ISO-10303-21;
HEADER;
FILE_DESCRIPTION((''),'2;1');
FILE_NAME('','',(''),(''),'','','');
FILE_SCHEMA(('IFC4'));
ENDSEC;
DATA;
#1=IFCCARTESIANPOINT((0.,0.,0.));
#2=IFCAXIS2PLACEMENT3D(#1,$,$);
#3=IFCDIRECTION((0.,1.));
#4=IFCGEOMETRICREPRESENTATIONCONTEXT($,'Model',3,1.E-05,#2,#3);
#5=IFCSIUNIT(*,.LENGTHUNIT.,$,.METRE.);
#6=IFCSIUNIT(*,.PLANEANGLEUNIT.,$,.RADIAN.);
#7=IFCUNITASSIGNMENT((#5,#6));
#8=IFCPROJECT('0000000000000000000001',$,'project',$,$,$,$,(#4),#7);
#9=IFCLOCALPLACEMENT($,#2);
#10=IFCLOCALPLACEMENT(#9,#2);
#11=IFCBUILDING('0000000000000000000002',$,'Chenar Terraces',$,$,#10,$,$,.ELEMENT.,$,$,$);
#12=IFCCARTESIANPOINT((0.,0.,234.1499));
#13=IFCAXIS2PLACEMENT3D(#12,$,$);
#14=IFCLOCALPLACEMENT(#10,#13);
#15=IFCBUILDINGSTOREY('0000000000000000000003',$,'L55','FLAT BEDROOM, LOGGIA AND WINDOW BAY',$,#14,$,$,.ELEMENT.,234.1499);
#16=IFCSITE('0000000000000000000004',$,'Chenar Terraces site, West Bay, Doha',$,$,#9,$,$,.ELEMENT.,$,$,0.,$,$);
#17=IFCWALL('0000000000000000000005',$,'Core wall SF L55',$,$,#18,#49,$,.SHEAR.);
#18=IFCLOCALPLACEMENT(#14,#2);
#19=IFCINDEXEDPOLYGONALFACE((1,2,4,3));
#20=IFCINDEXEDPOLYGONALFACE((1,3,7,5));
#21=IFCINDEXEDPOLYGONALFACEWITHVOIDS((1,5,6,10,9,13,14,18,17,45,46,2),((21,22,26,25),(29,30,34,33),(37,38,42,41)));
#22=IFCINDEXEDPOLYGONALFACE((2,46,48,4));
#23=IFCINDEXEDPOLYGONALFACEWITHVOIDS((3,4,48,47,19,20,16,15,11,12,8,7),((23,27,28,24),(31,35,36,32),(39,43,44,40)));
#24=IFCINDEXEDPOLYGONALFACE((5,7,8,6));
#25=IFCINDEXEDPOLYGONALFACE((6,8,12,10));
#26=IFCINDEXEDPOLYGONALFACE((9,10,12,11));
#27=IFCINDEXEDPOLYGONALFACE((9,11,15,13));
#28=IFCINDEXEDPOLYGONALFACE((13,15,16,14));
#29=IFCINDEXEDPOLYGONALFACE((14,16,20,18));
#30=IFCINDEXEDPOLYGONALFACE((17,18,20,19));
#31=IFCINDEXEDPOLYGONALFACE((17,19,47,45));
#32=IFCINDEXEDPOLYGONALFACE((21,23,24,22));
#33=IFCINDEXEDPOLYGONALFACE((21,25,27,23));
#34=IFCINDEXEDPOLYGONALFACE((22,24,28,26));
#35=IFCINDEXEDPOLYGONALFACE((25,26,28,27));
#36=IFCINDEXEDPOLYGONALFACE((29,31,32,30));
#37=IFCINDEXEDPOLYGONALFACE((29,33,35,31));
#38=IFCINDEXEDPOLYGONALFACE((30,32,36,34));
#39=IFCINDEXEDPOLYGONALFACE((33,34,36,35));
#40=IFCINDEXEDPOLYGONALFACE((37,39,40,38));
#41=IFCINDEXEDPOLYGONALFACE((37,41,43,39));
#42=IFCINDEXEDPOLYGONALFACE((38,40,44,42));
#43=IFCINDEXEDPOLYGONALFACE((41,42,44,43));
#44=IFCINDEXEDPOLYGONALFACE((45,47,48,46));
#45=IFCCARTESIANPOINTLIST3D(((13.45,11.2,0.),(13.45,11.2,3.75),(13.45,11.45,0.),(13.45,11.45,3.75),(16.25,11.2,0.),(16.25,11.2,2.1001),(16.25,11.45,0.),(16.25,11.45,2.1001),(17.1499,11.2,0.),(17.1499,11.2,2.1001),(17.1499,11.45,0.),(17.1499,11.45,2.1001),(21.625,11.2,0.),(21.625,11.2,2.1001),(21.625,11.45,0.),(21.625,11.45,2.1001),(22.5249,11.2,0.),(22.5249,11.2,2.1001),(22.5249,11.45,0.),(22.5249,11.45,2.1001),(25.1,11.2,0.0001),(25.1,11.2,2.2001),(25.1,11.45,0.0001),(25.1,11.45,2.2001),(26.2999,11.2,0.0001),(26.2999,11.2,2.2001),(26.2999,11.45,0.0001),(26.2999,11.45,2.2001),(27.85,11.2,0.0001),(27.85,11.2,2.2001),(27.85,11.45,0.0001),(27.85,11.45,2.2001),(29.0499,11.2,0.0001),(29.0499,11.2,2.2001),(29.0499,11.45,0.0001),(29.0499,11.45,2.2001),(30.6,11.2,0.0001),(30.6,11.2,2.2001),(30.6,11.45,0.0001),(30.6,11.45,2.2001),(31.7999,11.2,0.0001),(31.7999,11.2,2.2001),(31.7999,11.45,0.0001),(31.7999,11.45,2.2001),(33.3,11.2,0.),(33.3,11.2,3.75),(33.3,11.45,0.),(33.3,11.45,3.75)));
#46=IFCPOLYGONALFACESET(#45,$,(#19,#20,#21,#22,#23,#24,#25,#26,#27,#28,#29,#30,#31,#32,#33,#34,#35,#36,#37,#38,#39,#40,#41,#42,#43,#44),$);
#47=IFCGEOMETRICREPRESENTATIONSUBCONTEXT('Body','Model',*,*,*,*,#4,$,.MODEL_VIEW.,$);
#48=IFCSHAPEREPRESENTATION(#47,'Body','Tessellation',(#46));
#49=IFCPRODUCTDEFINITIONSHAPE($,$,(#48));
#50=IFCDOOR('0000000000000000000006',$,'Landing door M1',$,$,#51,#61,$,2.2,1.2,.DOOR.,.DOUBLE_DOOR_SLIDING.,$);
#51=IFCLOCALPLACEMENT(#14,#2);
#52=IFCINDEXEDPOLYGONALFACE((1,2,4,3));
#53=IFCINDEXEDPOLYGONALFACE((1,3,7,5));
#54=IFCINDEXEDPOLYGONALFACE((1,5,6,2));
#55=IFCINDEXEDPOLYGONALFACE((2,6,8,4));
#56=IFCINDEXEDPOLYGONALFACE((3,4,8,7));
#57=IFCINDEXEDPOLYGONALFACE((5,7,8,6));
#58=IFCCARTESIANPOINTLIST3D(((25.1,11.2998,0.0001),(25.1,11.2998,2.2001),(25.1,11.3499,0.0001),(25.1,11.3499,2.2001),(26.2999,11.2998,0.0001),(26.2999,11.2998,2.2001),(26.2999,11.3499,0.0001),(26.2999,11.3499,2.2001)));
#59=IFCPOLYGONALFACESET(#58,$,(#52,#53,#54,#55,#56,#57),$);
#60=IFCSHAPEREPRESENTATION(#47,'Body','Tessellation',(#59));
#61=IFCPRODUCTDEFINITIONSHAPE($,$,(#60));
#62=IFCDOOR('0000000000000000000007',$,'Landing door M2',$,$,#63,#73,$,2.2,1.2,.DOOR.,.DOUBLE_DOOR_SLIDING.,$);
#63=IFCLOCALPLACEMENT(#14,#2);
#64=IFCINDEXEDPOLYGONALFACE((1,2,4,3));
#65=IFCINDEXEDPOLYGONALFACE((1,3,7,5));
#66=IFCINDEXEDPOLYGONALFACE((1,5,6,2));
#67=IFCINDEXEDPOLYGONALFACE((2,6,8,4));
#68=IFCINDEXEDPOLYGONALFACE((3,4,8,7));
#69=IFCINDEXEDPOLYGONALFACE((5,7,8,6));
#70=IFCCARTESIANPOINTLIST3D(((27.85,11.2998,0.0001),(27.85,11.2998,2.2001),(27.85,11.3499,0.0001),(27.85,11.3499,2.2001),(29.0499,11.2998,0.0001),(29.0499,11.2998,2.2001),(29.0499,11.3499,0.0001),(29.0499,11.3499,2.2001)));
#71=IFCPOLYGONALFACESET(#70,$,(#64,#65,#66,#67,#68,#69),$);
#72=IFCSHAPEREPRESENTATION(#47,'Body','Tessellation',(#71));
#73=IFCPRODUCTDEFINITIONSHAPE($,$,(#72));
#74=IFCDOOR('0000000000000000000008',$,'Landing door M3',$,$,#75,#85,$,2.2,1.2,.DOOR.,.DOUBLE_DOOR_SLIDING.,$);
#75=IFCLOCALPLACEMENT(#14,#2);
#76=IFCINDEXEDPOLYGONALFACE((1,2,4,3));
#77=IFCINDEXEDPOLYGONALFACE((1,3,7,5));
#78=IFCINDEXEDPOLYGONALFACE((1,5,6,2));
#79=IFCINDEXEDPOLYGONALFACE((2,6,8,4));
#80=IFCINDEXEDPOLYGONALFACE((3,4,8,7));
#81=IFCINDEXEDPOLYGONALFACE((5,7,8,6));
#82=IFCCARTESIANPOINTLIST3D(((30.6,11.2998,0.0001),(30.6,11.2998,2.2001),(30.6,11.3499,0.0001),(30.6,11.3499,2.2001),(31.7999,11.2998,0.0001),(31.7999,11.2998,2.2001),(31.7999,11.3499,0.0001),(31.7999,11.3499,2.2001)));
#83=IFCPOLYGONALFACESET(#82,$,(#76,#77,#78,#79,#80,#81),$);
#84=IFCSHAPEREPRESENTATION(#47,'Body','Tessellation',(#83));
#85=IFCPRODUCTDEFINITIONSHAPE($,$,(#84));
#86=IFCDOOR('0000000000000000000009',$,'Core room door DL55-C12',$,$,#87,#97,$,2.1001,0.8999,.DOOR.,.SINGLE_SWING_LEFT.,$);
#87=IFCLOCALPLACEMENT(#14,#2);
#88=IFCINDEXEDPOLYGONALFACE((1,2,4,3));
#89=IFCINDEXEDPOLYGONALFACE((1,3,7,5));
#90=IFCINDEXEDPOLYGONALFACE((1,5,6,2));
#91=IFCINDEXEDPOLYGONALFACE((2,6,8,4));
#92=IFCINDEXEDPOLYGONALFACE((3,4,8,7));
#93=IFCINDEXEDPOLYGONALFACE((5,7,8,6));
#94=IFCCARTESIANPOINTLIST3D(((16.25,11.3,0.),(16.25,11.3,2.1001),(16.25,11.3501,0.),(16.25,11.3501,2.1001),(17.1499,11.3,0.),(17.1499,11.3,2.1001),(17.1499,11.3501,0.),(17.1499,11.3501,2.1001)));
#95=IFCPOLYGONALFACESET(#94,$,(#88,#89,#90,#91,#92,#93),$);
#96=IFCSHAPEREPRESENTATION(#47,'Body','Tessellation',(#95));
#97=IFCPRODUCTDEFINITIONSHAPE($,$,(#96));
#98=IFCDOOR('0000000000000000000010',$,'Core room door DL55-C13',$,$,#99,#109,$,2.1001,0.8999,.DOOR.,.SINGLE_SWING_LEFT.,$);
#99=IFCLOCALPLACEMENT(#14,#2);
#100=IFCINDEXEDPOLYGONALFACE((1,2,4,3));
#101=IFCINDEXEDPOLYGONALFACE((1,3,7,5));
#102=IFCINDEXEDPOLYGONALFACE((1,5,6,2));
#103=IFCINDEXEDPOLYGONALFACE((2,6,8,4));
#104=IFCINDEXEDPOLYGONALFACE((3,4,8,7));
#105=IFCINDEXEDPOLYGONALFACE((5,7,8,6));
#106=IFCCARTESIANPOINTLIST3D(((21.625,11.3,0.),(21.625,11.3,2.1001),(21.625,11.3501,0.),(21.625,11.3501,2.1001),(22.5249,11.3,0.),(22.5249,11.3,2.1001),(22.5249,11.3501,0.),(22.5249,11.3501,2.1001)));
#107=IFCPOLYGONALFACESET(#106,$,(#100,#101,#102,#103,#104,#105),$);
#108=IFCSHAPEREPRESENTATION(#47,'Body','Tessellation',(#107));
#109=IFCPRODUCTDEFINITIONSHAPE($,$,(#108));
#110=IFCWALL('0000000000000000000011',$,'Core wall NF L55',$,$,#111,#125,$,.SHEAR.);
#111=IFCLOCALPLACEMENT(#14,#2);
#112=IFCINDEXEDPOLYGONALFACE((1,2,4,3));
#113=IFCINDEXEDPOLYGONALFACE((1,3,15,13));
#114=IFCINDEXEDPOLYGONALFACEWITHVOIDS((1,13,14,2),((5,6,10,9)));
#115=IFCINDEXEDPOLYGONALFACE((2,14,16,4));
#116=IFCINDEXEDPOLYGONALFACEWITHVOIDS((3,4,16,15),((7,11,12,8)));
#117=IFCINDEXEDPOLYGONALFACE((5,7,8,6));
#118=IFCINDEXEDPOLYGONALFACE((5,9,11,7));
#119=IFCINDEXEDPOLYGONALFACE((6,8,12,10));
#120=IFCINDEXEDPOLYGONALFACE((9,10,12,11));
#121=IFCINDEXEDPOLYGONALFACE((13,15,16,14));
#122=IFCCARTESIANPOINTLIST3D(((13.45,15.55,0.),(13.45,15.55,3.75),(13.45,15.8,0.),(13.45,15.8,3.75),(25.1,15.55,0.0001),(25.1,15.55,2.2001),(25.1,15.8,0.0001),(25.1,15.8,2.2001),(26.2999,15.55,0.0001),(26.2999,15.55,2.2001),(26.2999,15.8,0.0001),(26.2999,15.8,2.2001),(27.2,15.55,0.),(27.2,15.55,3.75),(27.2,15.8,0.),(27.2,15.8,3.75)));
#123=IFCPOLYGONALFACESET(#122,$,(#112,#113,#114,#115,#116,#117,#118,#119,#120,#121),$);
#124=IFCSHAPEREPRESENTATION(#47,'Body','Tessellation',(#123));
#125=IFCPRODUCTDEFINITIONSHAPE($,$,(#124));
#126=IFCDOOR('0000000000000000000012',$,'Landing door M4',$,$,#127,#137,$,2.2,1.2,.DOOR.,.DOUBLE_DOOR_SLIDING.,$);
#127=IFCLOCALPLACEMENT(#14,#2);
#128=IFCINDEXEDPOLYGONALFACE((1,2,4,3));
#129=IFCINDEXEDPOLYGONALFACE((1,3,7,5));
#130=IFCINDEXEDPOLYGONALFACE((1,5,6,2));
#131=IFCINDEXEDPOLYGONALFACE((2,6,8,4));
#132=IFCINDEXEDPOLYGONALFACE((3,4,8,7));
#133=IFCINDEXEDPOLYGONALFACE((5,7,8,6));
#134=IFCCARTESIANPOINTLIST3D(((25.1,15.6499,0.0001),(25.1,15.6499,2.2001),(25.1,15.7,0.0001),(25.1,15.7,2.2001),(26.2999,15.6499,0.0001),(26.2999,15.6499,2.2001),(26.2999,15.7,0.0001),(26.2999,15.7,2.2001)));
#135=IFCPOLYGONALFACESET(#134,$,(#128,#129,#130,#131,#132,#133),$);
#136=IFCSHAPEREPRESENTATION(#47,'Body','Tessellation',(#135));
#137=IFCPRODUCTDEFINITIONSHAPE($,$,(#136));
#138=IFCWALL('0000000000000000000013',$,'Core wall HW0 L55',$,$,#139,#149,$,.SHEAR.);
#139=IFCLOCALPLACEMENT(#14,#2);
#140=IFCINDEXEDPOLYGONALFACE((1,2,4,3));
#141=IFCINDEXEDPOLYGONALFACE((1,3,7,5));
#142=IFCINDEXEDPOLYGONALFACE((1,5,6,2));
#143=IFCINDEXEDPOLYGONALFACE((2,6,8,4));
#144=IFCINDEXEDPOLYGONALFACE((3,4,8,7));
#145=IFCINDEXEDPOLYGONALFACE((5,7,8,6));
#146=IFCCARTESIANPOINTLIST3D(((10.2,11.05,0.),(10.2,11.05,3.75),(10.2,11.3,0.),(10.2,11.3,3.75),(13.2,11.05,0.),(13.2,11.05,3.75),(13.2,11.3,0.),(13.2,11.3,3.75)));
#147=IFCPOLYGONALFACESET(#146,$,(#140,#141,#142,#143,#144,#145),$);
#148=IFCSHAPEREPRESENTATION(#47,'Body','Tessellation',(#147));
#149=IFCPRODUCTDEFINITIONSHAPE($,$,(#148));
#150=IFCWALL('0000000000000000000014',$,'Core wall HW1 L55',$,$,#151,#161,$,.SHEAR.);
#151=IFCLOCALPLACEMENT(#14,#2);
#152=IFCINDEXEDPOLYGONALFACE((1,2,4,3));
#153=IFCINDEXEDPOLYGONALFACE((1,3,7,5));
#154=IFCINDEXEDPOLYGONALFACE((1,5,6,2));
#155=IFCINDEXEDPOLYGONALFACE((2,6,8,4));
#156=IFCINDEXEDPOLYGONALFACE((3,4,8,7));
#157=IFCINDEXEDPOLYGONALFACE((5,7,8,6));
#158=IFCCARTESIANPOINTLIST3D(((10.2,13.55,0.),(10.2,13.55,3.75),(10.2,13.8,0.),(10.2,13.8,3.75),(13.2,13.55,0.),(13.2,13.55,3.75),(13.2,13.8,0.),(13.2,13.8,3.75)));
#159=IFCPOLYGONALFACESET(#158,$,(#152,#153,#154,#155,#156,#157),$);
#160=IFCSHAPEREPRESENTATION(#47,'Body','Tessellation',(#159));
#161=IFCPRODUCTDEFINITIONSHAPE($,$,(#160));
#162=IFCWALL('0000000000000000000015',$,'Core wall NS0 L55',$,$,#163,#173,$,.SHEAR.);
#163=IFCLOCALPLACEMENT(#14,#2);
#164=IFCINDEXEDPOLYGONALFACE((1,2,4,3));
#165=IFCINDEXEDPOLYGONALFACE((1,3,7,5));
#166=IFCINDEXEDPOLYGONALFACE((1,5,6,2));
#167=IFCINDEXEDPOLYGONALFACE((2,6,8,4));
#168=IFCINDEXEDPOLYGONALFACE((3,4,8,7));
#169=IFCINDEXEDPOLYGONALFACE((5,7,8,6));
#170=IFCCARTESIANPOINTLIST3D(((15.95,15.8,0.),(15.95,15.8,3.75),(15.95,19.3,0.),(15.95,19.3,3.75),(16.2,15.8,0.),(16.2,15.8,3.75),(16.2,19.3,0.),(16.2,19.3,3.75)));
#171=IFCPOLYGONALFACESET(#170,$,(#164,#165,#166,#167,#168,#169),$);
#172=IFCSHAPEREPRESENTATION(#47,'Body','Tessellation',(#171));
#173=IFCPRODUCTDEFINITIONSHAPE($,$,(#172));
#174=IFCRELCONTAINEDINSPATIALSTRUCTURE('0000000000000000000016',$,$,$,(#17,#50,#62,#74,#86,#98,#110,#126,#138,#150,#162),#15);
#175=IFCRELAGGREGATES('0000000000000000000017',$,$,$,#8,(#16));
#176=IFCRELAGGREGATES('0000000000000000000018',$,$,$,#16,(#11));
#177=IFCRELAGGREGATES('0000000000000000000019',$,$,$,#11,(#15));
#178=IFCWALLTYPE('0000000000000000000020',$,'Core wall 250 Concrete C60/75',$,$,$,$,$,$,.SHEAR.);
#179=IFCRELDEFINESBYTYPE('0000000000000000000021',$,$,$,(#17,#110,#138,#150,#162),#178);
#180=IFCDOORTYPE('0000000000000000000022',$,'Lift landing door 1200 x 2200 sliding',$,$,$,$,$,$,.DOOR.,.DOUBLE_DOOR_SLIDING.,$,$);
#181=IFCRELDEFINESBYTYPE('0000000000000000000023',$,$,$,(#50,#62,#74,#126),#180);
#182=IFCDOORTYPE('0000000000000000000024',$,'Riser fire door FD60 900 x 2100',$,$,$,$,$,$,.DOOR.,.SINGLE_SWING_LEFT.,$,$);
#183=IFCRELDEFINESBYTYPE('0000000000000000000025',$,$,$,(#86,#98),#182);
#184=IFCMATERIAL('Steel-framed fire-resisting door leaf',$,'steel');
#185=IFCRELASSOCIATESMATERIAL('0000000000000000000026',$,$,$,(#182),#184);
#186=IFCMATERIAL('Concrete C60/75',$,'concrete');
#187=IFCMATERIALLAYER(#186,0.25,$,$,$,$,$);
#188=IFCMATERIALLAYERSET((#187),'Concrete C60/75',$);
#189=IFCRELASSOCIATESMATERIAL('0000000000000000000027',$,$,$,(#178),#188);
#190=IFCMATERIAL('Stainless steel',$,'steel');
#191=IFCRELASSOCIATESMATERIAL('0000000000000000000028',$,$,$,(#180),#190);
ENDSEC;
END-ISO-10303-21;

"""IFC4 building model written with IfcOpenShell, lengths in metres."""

from ifc_helpers import new_model, si_unit, direction, frame, frame_2d, origin, place, context, subcontext, project, spatial, rectangle, extrude, material, layer, layer_set, type_object, element, fill, save


model = new_model("IFC4")

# Units and contexts
model_context = context("Model", 3, precision=1e-05, world=origin(), true_north=direction((0.0, 1.0)))
body_context = subcontext(model_context, "Body", "Model", "MODEL_VIEW")
ifc_project = project(units=[si_unit("LENGTHUNIT", "METRE"), si_unit("PLANEANGLEUNIT", "RADIAN")], contexts=[model_context])

# Site, building, storey
site_placement = place(None, origin())
site = spatial("IfcSite", under=ifc_project, at=site_placement, Name="Chenar Terraces site, West Bay, Doha", CompositionType="ELEMENT", RefElevation=0.0)
building_placement = place(site_placement, origin())
building = spatial("IfcBuilding", under=site, at=building_placement, Name="Chenar Terraces", CompositionType="ELEMENT")
storey_placement = place(building_placement, frame((0.0, 0.0, 234.1499)))
storey = spatial("IfcBuildingStorey", under=building, at=storey_placement, Name="L55", Description="FLAT BEDROOM, LOGGIA AND WINDOW BAY", CompositionType="ELEMENT", Elevation=234.1499)

# Shared definitions
ifc_material_1 = material(Name="Steel-framed fire-resisting door leaf", Category="steel")
door_type_1 = type_object("IfcDoorType", Name="Riser fire door FD60 900 x 2100", OperationType="SINGLE_SWING_LEFT", PredefinedType="DOOR", material=ifc_material_1)

# Shared definitions
ifc_material_2 = material(Name="Concrete C60/75", Category="concrete")
ifc_layer_1 = layer(ifc_material_2, 0.25)
ifc_layer_set_1 = layer_set([ifc_layer_1], Name="Concrete C60/75")
wall_type_1 = type_object("IfcWallType", Name="Core wall 250 Concrete C60/75", PredefinedType="SHEAR", material=ifc_layer_set_1)

# Wall, openings, doors
wall_1_placement = place(storey_placement, frame((13.45, 11.325, 0.0), z_axis=(0.0, 0.0, 1.0), x_axis=(1.0, 0.0, 0.0)))
wall_1 = element("IfcWall", 1, at=wall_1_placement, inside=storey, type_object=wall_type_1, Name="Core wall SF L55", PredefinedType="SHEAR", context=body_context, shape_type="SweptSolid", body=[
    extrude(rectangle(XDim=19.8501, YDim=0.25, at=frame_2d((9.925, 0.0))), origin(), (0.0, 0.0, 1.0), 3.75),
])
opening_1_placement = place(wall_1_placement, frame((11.6499, 0.0, 0.0)))
opening_1 = element("IfcOpeningElement", 2, at=opening_1_placement, cuts=wall_1, PredefinedType="OPENING", context=body_context, shape_type="SweptSolid", body=[
    extrude(rectangle(XDim=1.2, YDim=2.2, at=frame_2d((0.6001, 1.1001))), frame((0.0, 0.135, 0.0), z_axis=(0.0, -1.0, 0.0), x_axis=(1.0, 0.0, 0.0)), (0.0, 0.0, 1.0), 0.27),
])
opening_2_placement = place(wall_1_placement, frame((14.3999, 0.0, 0.0)))
opening_2 = element("IfcOpeningElement", 3, at=opening_2_placement, cuts=wall_1, PredefinedType="OPENING", context=body_context, shape_type="SweptSolid", body=[
    extrude(rectangle(XDim=1.2, YDim=2.2, at=frame_2d((0.6001, 1.1001))), frame((0.0, 0.135, 0.0), z_axis=(0.0, -1.0, 0.0), x_axis=(1.0, 0.0, 0.0)), (0.0, 0.0, 1.0), 0.27),
])
opening_3_placement = place(wall_1_placement, frame((17.1499, 0.0, 0.0)))
opening_3 = element("IfcOpeningElement", 4, at=opening_3_placement, cuts=wall_1, PredefinedType="OPENING", context=body_context, shape_type="SweptSolid", body=[
    extrude(rectangle(XDim=1.2, YDim=2.2, at=frame_2d((0.6001, 1.1001))), frame((0.0, 0.135, 0.0), z_axis=(0.0, -1.0, 0.0), x_axis=(1.0, 0.0, 0.0)), (0.0, 0.0, 1.0), 0.27),
])
opening_4_placement = place(wall_1_placement, frame((2.8, 0.0, 0.0)))
opening_4 = element("IfcOpeningElement", 5, at=opening_4_placement, cuts=wall_1, PredefinedType="OPENING", context=body_context, shape_type="SweptSolid", body=[
    extrude(rectangle(XDim=0.8999, YDim=2.1001, at=frame_2d((0.45, 1.05))), frame((0.0, 0.135, 0.0), z_axis=(0.0, -1.0, 0.0), x_axis=(1.0, 0.0, 0.0)), (0.0, 0.0, 1.0), 0.27),
])
opening_5_placement = place(wall_1_placement, frame((8.175, 0.0, 0.0)))
opening_5 = element("IfcOpeningElement", 6, at=opening_5_placement, cuts=wall_1, PredefinedType="OPENING", context=body_context, shape_type="SweptSolid", body=[
    extrude(rectangle(XDim=0.8999, YDim=2.1001, at=frame_2d((0.45, 1.05))), frame((0.0, 0.135, 0.0), z_axis=(0.0, -1.0, 0.0), x_axis=(1.0, 0.0, 0.0)), (0.0, 0.0, 1.0), 0.27),
])
ifc_material_3 = material(Name="Stainless steel", Category="steel")
door_type_2 = type_object("IfcDoorType", Name="Lift landing door 1200 x 2200 sliding", OperationType="DOUBLE_DOOR_SLIDING", PredefinedType="DOOR", material=ifc_material_3)
door_1_placement = place(opening_1_placement, origin())
door_1 = element("IfcDoor", 7, at=door_1_placement, inside=storey, type_object=door_type_2, Name="Landing door M1", OperationType="DOUBLE_DOOR_SLIDING", OverallHeight=2.2, OverallWidth=1.2, PredefinedType="DOOR", context=body_context, shape_type="SweptSolid", body=[
    extrude(rectangle(XDim=1.2, YDim=2.2, at=frame_2d((0.6001, 1.1001))), frame((0.0, 0.0249, 0.0), z_axis=(0.0, -1.0, 0.0), x_axis=(1.0, 0.0, 0.0)), (0.0, 0.0, 1.0), 0.05),
])
fill(opening_1, door_1)
door_2_placement = place(opening_2_placement, origin())
door_2 = element("IfcDoor", 8, at=door_2_placement, inside=storey, type_object=door_type_2, Name="Landing door M2", OperationType="DOUBLE_DOOR_SLIDING", OverallHeight=2.2, OverallWidth=1.2, PredefinedType="DOOR", context=body_context, shape_type="SweptSolid", body=[
    extrude(rectangle(XDim=1.2, YDim=2.2, at=frame_2d((0.6001, 1.1001))), frame((0.0, 0.0249, 0.0), z_axis=(0.0, -1.0, 0.0), x_axis=(1.0, 0.0, 0.0)), (0.0, 0.0, 1.0), 0.05),
])
fill(opening_2, door_2)
door_3_placement = place(opening_3_placement, origin())
door_3 = element("IfcDoor", 9, at=door_3_placement, inside=storey, type_object=door_type_2, Name="Landing door M3", OperationType="DOUBLE_DOOR_SLIDING", OverallHeight=2.2, OverallWidth=1.2, PredefinedType="DOOR", context=body_context, shape_type="SweptSolid", body=[
    extrude(rectangle(XDim=1.2, YDim=2.2, at=frame_2d((0.6001, 1.1001))), frame((0.0, 0.0249, 0.0), z_axis=(0.0, -1.0, 0.0), x_axis=(1.0, 0.0, 0.0)), (0.0, 0.0, 1.0), 0.05),
])
fill(opening_3, door_3)
door_4_placement = place(opening_4_placement, frame((0.8999, 0.0, 0.0), z_axis=(0.0, 0.0, 1.0), x_axis=(-1.0, 0.0, 0.0)))
door_4 = element("IfcDoor", 10, at=door_4_placement, inside=storey, type_object=door_type_1, Name="Core room door DL55-C12", OperationType="SINGLE_SWING_LEFT", OverallHeight=2.1001, OverallWidth=0.8999, PredefinedType="DOOR", context=body_context, shape_type="SweptSolid", body=[
    extrude(rectangle(XDim=0.8999, YDim=2.1001, at=frame_2d((0.45, 1.05))), frame((0.0, 0.0249, 0.0), z_axis=(0.0, -1.0, 0.0), x_axis=(1.0, 0.0, 0.0)), (0.0, 0.0, 1.0), 0.05),
])
fill(opening_4, door_4)
door_5_placement = place(opening_5_placement, frame((0.8999, 0.0, 0.0), z_axis=(0.0, 0.0, 1.0), x_axis=(-1.0, 0.0, 0.0)))
door_5 = element("IfcDoor", 11, at=door_5_placement, inside=storey, type_object=door_type_1, Name="Core room door DL55-C13", OperationType="SINGLE_SWING_LEFT", OverallHeight=2.1001, OverallWidth=0.8999, PredefinedType="DOOR", context=body_context, shape_type="SweptSolid", body=[
    extrude(rectangle(XDim=0.8999, YDim=2.1001, at=frame_2d((0.45, 1.05))), frame((0.0, 0.0249, 0.0), z_axis=(0.0, -1.0, 0.0), x_axis=(1.0, 0.0, 0.0)), (0.0, 0.0, 1.0), 0.05),
])
fill(opening_5, door_5)

# Wall, opening, door
wall_2_placement = place(storey_placement, frame((13.45, 15.675, 0.0), z_axis=(0.0, 0.0, 1.0), x_axis=(1.0, 0.0, 0.0)))
wall_2 = element("IfcWall", 12, at=wall_2_placement, inside=storey, type_object=wall_type_1, Name="Core wall NF L55", PredefinedType="SHEAR", context=body_context, shape_type="SweptSolid", body=[
    extrude(rectangle(XDim=13.75, YDim=0.25, at=frame_2d((6.875, 0.0))), origin(), (0.0, 0.0, 1.0), 3.75),
])
opening_6_placement = place(wall_2_placement, frame((11.6499, 0.0, 0.0)))
opening_6 = element("IfcOpeningElement", 13, at=opening_6_placement, cuts=wall_2, PredefinedType="OPENING", context=body_context, shape_type="SweptSolid", body=[
    extrude(rectangle(XDim=1.2, YDim=2.2, at=frame_2d((0.6001, 1.1001))), frame((0.0, 0.135, 0.0), z_axis=(0.0, -1.0, 0.0), x_axis=(1.0, 0.0, 0.0)), (0.0, 0.0, 1.0), 0.27),
])
door_6_placement = place(opening_6_placement, origin())
door_6 = element("IfcDoor", 14, at=door_6_placement, inside=storey, type_object=door_type_2, Name="Landing door M4", OperationType="DOUBLE_DOOR_SLIDING", OverallHeight=2.2, OverallWidth=1.2, PredefinedType="DOOR", context=body_context, shape_type="SweptSolid", body=[
    extrude(rectangle(XDim=1.2, YDim=2.2, at=frame_2d((0.6001, 1.1001))), frame((0.0, 0.0249, 0.0), z_axis=(0.0, -1.0, 0.0), x_axis=(1.0, 0.0, 0.0)), (0.0, 0.0, 1.0), 0.05),
])
fill(opening_6, door_6)

# Walls
for number, where, z_axis, x_axis, name in (
    (15, (10.2, 11.175, 0.0), (0.0, 0.0, 1.0), (1.0, 0.0, 0.0), "Core wall HW0 L55"),
    (16, (10.2, 13.675, 0.0), (0.0, 0.0, 1.0), (1.0, 0.0, 0.0), "Core wall HW1 L55"),
):
    element("IfcWall", number, at=place(storey_placement, frame(where, z_axis=z_axis, x_axis=x_axis)), inside=storey, type_object=wall_type_1, Name=name, PredefinedType="SHEAR", context=body_context, shape_type="SweptSolid", body=[
        extrude(rectangle(XDim=3.0, YDim=0.25, at=frame_2d((1.5, 0.0))), origin(), (0.0, 0.0, 1.0), 3.75),
    ])
wall_3_placement = place(storey_placement, frame((16.075, 15.8, 0.0), z_axis=(0.0, 0.0, 1.0), x_axis=(0.0, 1.0, 0.0)))
element("IfcWall", 17, at=wall_3_placement, inside=storey, type_object=wall_type_1, Name="Core wall NS0 L55", PredefinedType="SHEAR", context=body_context, shape_type="SweptSolid", body=[
    extrude(rectangle(XDim=3.5, YDim=0.25, at=frame_2d((1.75, 0.0))), origin(), (0.0, 0.0, 1.0), 3.75),
])

save(model, "model.ifc")
